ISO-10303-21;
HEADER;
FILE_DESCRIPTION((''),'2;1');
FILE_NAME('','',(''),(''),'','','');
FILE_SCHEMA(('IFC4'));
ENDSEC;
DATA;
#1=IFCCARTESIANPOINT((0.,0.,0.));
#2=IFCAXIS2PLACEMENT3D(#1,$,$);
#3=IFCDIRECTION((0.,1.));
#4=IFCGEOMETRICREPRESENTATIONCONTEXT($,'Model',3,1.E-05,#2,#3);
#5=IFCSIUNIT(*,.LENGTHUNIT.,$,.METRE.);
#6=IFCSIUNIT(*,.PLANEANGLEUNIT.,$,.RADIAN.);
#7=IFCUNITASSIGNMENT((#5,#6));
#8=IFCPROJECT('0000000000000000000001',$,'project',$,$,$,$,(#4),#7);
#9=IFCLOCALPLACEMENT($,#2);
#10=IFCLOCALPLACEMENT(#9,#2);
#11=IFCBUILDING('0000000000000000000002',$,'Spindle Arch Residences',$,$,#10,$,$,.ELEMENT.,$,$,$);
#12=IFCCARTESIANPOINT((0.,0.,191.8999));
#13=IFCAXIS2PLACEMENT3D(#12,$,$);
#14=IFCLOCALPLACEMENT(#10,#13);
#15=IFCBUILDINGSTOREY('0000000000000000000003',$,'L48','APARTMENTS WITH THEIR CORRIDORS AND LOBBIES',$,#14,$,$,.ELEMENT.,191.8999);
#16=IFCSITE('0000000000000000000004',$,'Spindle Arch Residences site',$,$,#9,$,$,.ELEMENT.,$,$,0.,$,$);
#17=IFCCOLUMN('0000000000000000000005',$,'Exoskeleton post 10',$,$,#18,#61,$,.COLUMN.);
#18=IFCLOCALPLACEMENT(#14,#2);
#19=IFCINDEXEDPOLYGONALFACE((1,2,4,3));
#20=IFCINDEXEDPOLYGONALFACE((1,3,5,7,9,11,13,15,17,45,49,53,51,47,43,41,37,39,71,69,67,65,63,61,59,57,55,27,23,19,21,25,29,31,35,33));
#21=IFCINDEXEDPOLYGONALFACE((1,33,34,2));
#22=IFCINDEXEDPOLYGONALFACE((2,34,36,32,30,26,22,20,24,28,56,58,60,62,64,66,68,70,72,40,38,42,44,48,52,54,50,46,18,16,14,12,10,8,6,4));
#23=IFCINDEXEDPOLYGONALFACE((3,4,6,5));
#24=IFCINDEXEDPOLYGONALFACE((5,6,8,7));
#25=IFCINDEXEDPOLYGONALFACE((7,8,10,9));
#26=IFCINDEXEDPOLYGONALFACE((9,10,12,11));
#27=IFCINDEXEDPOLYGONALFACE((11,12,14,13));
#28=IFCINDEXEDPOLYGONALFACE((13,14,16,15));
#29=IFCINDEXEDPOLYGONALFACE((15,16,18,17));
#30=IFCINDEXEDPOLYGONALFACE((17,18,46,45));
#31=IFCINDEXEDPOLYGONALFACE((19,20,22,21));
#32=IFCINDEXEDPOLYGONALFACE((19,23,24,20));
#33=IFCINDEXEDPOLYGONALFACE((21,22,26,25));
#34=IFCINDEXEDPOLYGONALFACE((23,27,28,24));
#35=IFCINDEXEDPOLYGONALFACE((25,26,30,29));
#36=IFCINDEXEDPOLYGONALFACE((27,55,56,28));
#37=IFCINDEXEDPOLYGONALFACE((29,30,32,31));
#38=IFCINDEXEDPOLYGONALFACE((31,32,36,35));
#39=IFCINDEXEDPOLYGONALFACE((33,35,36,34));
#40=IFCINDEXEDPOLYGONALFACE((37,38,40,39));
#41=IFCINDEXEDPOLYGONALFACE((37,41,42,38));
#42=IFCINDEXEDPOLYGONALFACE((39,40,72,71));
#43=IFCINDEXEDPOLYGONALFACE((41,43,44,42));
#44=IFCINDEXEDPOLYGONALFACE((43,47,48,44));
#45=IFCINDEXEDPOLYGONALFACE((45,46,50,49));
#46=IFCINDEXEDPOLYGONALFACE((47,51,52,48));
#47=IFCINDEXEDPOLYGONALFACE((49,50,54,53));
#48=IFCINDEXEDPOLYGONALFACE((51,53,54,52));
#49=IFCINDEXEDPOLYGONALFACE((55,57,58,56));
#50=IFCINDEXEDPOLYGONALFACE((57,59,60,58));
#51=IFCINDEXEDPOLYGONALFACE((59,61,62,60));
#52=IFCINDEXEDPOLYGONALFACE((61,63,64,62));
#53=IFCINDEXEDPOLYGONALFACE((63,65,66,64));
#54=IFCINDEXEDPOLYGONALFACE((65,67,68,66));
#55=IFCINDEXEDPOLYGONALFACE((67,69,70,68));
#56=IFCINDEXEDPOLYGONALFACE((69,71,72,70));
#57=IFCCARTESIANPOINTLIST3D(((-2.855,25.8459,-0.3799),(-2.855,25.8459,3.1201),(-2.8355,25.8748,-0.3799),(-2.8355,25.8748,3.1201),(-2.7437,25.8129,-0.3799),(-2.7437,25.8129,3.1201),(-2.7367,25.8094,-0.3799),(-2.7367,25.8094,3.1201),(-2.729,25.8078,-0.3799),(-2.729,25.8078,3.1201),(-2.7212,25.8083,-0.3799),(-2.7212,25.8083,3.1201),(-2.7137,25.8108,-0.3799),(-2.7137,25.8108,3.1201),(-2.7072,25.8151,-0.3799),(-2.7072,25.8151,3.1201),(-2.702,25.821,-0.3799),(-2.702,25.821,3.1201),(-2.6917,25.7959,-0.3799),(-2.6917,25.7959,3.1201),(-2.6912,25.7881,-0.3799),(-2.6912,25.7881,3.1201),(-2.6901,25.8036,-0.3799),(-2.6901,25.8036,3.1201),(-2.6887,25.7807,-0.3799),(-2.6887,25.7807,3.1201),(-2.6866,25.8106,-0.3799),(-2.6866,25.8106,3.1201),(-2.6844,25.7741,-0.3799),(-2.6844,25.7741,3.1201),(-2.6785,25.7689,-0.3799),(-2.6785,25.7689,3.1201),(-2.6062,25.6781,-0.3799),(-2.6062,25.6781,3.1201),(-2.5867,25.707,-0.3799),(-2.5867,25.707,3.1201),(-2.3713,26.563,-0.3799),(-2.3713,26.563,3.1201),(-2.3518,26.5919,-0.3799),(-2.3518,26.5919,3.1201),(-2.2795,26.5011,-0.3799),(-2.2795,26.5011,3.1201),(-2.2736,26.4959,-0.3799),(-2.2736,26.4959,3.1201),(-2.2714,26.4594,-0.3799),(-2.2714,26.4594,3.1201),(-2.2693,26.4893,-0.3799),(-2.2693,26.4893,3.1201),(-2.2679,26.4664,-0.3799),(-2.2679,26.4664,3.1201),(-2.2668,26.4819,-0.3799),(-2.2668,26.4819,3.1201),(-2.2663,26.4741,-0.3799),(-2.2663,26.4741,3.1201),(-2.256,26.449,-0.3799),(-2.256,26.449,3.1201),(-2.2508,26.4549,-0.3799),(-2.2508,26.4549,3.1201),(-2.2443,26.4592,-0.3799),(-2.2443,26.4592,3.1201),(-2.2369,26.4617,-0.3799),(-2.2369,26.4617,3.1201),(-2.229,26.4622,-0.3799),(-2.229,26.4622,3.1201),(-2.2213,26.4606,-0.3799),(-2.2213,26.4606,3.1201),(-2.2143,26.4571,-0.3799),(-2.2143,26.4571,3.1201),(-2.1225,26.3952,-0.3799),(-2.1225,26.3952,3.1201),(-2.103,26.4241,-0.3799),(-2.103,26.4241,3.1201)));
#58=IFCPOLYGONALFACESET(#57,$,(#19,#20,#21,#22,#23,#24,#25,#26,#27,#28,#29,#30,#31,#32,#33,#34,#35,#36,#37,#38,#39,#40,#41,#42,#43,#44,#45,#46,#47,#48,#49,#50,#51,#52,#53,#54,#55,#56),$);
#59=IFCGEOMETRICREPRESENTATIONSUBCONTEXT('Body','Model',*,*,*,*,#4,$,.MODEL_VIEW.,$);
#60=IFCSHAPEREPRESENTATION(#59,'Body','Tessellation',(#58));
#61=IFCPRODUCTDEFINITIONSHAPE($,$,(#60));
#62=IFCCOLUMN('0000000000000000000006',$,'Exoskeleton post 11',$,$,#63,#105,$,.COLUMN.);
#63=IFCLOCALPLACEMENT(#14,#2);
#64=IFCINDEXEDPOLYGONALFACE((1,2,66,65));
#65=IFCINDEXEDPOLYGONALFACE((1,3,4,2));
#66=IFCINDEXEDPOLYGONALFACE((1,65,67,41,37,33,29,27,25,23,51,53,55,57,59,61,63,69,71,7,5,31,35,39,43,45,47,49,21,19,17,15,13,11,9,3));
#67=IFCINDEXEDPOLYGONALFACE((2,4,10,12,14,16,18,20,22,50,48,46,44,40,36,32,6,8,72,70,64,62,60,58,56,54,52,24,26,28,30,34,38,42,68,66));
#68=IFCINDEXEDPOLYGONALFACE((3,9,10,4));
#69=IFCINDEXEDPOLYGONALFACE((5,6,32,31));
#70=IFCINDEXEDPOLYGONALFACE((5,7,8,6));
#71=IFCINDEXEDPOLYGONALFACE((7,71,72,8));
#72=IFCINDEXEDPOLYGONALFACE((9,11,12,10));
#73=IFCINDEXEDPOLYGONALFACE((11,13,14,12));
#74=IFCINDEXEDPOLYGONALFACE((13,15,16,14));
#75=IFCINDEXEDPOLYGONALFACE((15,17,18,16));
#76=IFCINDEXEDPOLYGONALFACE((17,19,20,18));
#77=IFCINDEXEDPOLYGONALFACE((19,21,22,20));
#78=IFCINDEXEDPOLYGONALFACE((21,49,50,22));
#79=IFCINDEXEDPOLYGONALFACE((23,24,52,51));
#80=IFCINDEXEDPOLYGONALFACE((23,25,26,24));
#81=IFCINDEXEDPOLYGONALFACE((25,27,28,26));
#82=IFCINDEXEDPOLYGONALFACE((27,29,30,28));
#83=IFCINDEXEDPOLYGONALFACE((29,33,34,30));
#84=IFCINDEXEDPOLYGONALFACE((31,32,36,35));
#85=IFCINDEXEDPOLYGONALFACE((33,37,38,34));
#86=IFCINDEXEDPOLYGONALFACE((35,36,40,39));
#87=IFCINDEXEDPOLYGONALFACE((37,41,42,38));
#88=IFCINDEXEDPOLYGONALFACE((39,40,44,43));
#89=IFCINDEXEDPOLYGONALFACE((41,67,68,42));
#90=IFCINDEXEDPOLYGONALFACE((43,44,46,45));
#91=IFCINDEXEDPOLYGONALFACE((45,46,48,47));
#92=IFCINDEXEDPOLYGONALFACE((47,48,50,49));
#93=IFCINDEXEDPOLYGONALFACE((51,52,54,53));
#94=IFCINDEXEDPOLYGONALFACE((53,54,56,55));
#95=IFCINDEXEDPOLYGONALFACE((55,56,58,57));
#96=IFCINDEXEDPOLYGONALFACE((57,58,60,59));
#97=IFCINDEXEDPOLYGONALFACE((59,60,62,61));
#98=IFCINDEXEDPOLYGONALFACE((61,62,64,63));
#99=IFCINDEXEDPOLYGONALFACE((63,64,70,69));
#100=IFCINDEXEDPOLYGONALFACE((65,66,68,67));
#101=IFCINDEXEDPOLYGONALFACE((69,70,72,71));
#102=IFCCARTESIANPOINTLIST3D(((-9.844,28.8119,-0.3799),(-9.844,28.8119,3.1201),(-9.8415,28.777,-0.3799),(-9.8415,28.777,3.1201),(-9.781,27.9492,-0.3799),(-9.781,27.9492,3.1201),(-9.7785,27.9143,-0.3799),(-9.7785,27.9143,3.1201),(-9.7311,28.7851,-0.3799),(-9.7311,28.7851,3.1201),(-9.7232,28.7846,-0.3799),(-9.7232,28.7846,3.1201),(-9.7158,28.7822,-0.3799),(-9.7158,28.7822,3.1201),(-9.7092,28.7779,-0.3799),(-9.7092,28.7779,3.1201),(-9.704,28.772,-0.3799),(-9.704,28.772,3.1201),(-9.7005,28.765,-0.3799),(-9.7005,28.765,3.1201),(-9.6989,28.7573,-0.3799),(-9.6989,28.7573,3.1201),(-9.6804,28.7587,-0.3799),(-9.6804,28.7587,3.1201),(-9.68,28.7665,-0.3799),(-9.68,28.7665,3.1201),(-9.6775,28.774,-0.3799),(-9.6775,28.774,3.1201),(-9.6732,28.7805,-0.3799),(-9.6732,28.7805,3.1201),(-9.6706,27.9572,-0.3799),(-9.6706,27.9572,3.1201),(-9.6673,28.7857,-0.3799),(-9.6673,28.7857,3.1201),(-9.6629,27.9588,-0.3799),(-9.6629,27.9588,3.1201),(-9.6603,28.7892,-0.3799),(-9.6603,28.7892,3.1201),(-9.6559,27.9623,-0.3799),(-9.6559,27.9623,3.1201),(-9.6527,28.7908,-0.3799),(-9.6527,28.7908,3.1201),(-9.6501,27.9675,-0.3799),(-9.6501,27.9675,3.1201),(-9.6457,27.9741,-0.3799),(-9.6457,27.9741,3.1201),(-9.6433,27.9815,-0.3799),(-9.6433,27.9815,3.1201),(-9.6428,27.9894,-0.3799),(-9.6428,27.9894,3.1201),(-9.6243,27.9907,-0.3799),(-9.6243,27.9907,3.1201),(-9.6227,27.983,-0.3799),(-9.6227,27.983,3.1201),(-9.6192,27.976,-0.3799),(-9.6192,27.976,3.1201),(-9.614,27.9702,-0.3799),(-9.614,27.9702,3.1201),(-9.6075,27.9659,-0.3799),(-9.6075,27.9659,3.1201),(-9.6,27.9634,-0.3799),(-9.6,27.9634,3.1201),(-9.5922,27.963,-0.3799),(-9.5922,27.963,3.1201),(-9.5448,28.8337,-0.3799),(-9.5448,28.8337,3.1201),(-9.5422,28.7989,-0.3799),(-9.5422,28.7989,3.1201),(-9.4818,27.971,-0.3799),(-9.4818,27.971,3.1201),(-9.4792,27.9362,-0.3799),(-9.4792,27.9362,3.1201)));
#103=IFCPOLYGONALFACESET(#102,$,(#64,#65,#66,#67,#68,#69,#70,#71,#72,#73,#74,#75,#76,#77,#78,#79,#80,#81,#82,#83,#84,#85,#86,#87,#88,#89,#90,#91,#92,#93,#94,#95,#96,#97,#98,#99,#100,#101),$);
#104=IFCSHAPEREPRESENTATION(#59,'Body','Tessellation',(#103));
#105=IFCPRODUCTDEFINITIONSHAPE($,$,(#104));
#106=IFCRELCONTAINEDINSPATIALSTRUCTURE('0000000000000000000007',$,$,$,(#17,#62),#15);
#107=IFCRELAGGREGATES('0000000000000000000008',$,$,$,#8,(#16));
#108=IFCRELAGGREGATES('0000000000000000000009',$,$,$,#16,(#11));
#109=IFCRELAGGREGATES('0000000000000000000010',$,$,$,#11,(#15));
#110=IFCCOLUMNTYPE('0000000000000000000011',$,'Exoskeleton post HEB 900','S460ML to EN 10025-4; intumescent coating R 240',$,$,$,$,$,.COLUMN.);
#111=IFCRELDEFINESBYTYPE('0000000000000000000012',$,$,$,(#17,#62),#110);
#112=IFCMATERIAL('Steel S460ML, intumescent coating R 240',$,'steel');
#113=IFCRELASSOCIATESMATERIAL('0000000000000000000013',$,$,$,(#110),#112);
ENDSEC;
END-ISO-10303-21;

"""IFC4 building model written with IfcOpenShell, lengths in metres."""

from ifc_helpers import new_model, si_unit, direction, frame, origin, origin_2d, place, context, subcontext, project, spatial, i_section, extrude, material, material_profile, profile_set, type_object, element, save


model = new_model("IFC4")

# Units and contexts
model_context = context("Model", 3, precision=1e-05, world=origin(), true_north=direction((0.0, 1.0)))
body_context = subcontext(model_context, "Body", "Model", "MODEL_VIEW")
ifc_project = project(units=[si_unit("LENGTHUNIT", "METRE"), si_unit("PLANEANGLEUNIT", "RADIAN")], contexts=[model_context])

# Site, building, storey
site_placement = place(None, origin())
site = spatial("IfcSite", under=ifc_project, at=site_placement, Name="Spindle Arch Residences site", CompositionType="ELEMENT", RefElevation=0.0)
building_placement = place(site_placement, origin())
building = spatial("IfcBuilding", under=site, at=building_placement, Name="Spindle Arch Residences", CompositionType="ELEMENT")
storey_placement = place(building_placement, frame((0.0, 0.0, 191.8999)))
storey = spatial("IfcBuildingStorey", under=building, at=storey_placement, Name="L48", Description="APARTMENTS WITH THEIR CORRIDORS AND LOBBIES", CompositionType="ELEMENT", Elevation=191.8999)

# Columns
ifc_material_1 = material(Name="Steel S460ML, intumescent coating R 240", Category="steel")
ifc_material_profile_1 = material_profile(ifc_material_1, i_section(OverallWidth=0.3, OverallDepth=0.8999, WebThickness=0.0186, FlangeThickness=0.0349, FilletRadius=0.03, at=origin_2d()), Name="HEB 900")
ifc_profile_set_1 = profile_set([ifc_material_profile_1], Name="Steel S460ML, intumescent coating R 240")
column_type_1 = type_object("IfcColumnType", Name="Exoskeleton post HEB 900", Description="S460ML to EN 10025-4; intumescent coating R 240", PredefinedType="COLUMN", material=ifc_profile_set_1)
for number, where, z_axis, x_axis, name in (
    (1, (-2.479, 26.135, -0.3799), (0.0, 0.0, 1.0), (0.829038, -0.559193, 0.0), "Exoskeleton post 10"),
    (2, (-9.6616, 28.374, -0.3799), (0.0, 0.0, 1.0), (0.997343, 0.072844, 0.0), "Exoskeleton post 11"),
):
    element("IfcColumn", number, at=place(storey_placement, frame(where, z_axis=z_axis, x_axis=x_axis)), inside=storey, type_object=column_type_1, Name=name, PredefinedType="COLUMN", context=body_context, shape_type="SweptSolid", body=[
        extrude(i_section(OverallWidth=0.3, OverallDepth=0.8999, WebThickness=0.0186, FlangeThickness=0.0349, FilletRadius=0.03, at=origin_2d()), origin(), (0.0, 0.0, 1.0), 3.5),
    ])

save(model, "model.ifc")
